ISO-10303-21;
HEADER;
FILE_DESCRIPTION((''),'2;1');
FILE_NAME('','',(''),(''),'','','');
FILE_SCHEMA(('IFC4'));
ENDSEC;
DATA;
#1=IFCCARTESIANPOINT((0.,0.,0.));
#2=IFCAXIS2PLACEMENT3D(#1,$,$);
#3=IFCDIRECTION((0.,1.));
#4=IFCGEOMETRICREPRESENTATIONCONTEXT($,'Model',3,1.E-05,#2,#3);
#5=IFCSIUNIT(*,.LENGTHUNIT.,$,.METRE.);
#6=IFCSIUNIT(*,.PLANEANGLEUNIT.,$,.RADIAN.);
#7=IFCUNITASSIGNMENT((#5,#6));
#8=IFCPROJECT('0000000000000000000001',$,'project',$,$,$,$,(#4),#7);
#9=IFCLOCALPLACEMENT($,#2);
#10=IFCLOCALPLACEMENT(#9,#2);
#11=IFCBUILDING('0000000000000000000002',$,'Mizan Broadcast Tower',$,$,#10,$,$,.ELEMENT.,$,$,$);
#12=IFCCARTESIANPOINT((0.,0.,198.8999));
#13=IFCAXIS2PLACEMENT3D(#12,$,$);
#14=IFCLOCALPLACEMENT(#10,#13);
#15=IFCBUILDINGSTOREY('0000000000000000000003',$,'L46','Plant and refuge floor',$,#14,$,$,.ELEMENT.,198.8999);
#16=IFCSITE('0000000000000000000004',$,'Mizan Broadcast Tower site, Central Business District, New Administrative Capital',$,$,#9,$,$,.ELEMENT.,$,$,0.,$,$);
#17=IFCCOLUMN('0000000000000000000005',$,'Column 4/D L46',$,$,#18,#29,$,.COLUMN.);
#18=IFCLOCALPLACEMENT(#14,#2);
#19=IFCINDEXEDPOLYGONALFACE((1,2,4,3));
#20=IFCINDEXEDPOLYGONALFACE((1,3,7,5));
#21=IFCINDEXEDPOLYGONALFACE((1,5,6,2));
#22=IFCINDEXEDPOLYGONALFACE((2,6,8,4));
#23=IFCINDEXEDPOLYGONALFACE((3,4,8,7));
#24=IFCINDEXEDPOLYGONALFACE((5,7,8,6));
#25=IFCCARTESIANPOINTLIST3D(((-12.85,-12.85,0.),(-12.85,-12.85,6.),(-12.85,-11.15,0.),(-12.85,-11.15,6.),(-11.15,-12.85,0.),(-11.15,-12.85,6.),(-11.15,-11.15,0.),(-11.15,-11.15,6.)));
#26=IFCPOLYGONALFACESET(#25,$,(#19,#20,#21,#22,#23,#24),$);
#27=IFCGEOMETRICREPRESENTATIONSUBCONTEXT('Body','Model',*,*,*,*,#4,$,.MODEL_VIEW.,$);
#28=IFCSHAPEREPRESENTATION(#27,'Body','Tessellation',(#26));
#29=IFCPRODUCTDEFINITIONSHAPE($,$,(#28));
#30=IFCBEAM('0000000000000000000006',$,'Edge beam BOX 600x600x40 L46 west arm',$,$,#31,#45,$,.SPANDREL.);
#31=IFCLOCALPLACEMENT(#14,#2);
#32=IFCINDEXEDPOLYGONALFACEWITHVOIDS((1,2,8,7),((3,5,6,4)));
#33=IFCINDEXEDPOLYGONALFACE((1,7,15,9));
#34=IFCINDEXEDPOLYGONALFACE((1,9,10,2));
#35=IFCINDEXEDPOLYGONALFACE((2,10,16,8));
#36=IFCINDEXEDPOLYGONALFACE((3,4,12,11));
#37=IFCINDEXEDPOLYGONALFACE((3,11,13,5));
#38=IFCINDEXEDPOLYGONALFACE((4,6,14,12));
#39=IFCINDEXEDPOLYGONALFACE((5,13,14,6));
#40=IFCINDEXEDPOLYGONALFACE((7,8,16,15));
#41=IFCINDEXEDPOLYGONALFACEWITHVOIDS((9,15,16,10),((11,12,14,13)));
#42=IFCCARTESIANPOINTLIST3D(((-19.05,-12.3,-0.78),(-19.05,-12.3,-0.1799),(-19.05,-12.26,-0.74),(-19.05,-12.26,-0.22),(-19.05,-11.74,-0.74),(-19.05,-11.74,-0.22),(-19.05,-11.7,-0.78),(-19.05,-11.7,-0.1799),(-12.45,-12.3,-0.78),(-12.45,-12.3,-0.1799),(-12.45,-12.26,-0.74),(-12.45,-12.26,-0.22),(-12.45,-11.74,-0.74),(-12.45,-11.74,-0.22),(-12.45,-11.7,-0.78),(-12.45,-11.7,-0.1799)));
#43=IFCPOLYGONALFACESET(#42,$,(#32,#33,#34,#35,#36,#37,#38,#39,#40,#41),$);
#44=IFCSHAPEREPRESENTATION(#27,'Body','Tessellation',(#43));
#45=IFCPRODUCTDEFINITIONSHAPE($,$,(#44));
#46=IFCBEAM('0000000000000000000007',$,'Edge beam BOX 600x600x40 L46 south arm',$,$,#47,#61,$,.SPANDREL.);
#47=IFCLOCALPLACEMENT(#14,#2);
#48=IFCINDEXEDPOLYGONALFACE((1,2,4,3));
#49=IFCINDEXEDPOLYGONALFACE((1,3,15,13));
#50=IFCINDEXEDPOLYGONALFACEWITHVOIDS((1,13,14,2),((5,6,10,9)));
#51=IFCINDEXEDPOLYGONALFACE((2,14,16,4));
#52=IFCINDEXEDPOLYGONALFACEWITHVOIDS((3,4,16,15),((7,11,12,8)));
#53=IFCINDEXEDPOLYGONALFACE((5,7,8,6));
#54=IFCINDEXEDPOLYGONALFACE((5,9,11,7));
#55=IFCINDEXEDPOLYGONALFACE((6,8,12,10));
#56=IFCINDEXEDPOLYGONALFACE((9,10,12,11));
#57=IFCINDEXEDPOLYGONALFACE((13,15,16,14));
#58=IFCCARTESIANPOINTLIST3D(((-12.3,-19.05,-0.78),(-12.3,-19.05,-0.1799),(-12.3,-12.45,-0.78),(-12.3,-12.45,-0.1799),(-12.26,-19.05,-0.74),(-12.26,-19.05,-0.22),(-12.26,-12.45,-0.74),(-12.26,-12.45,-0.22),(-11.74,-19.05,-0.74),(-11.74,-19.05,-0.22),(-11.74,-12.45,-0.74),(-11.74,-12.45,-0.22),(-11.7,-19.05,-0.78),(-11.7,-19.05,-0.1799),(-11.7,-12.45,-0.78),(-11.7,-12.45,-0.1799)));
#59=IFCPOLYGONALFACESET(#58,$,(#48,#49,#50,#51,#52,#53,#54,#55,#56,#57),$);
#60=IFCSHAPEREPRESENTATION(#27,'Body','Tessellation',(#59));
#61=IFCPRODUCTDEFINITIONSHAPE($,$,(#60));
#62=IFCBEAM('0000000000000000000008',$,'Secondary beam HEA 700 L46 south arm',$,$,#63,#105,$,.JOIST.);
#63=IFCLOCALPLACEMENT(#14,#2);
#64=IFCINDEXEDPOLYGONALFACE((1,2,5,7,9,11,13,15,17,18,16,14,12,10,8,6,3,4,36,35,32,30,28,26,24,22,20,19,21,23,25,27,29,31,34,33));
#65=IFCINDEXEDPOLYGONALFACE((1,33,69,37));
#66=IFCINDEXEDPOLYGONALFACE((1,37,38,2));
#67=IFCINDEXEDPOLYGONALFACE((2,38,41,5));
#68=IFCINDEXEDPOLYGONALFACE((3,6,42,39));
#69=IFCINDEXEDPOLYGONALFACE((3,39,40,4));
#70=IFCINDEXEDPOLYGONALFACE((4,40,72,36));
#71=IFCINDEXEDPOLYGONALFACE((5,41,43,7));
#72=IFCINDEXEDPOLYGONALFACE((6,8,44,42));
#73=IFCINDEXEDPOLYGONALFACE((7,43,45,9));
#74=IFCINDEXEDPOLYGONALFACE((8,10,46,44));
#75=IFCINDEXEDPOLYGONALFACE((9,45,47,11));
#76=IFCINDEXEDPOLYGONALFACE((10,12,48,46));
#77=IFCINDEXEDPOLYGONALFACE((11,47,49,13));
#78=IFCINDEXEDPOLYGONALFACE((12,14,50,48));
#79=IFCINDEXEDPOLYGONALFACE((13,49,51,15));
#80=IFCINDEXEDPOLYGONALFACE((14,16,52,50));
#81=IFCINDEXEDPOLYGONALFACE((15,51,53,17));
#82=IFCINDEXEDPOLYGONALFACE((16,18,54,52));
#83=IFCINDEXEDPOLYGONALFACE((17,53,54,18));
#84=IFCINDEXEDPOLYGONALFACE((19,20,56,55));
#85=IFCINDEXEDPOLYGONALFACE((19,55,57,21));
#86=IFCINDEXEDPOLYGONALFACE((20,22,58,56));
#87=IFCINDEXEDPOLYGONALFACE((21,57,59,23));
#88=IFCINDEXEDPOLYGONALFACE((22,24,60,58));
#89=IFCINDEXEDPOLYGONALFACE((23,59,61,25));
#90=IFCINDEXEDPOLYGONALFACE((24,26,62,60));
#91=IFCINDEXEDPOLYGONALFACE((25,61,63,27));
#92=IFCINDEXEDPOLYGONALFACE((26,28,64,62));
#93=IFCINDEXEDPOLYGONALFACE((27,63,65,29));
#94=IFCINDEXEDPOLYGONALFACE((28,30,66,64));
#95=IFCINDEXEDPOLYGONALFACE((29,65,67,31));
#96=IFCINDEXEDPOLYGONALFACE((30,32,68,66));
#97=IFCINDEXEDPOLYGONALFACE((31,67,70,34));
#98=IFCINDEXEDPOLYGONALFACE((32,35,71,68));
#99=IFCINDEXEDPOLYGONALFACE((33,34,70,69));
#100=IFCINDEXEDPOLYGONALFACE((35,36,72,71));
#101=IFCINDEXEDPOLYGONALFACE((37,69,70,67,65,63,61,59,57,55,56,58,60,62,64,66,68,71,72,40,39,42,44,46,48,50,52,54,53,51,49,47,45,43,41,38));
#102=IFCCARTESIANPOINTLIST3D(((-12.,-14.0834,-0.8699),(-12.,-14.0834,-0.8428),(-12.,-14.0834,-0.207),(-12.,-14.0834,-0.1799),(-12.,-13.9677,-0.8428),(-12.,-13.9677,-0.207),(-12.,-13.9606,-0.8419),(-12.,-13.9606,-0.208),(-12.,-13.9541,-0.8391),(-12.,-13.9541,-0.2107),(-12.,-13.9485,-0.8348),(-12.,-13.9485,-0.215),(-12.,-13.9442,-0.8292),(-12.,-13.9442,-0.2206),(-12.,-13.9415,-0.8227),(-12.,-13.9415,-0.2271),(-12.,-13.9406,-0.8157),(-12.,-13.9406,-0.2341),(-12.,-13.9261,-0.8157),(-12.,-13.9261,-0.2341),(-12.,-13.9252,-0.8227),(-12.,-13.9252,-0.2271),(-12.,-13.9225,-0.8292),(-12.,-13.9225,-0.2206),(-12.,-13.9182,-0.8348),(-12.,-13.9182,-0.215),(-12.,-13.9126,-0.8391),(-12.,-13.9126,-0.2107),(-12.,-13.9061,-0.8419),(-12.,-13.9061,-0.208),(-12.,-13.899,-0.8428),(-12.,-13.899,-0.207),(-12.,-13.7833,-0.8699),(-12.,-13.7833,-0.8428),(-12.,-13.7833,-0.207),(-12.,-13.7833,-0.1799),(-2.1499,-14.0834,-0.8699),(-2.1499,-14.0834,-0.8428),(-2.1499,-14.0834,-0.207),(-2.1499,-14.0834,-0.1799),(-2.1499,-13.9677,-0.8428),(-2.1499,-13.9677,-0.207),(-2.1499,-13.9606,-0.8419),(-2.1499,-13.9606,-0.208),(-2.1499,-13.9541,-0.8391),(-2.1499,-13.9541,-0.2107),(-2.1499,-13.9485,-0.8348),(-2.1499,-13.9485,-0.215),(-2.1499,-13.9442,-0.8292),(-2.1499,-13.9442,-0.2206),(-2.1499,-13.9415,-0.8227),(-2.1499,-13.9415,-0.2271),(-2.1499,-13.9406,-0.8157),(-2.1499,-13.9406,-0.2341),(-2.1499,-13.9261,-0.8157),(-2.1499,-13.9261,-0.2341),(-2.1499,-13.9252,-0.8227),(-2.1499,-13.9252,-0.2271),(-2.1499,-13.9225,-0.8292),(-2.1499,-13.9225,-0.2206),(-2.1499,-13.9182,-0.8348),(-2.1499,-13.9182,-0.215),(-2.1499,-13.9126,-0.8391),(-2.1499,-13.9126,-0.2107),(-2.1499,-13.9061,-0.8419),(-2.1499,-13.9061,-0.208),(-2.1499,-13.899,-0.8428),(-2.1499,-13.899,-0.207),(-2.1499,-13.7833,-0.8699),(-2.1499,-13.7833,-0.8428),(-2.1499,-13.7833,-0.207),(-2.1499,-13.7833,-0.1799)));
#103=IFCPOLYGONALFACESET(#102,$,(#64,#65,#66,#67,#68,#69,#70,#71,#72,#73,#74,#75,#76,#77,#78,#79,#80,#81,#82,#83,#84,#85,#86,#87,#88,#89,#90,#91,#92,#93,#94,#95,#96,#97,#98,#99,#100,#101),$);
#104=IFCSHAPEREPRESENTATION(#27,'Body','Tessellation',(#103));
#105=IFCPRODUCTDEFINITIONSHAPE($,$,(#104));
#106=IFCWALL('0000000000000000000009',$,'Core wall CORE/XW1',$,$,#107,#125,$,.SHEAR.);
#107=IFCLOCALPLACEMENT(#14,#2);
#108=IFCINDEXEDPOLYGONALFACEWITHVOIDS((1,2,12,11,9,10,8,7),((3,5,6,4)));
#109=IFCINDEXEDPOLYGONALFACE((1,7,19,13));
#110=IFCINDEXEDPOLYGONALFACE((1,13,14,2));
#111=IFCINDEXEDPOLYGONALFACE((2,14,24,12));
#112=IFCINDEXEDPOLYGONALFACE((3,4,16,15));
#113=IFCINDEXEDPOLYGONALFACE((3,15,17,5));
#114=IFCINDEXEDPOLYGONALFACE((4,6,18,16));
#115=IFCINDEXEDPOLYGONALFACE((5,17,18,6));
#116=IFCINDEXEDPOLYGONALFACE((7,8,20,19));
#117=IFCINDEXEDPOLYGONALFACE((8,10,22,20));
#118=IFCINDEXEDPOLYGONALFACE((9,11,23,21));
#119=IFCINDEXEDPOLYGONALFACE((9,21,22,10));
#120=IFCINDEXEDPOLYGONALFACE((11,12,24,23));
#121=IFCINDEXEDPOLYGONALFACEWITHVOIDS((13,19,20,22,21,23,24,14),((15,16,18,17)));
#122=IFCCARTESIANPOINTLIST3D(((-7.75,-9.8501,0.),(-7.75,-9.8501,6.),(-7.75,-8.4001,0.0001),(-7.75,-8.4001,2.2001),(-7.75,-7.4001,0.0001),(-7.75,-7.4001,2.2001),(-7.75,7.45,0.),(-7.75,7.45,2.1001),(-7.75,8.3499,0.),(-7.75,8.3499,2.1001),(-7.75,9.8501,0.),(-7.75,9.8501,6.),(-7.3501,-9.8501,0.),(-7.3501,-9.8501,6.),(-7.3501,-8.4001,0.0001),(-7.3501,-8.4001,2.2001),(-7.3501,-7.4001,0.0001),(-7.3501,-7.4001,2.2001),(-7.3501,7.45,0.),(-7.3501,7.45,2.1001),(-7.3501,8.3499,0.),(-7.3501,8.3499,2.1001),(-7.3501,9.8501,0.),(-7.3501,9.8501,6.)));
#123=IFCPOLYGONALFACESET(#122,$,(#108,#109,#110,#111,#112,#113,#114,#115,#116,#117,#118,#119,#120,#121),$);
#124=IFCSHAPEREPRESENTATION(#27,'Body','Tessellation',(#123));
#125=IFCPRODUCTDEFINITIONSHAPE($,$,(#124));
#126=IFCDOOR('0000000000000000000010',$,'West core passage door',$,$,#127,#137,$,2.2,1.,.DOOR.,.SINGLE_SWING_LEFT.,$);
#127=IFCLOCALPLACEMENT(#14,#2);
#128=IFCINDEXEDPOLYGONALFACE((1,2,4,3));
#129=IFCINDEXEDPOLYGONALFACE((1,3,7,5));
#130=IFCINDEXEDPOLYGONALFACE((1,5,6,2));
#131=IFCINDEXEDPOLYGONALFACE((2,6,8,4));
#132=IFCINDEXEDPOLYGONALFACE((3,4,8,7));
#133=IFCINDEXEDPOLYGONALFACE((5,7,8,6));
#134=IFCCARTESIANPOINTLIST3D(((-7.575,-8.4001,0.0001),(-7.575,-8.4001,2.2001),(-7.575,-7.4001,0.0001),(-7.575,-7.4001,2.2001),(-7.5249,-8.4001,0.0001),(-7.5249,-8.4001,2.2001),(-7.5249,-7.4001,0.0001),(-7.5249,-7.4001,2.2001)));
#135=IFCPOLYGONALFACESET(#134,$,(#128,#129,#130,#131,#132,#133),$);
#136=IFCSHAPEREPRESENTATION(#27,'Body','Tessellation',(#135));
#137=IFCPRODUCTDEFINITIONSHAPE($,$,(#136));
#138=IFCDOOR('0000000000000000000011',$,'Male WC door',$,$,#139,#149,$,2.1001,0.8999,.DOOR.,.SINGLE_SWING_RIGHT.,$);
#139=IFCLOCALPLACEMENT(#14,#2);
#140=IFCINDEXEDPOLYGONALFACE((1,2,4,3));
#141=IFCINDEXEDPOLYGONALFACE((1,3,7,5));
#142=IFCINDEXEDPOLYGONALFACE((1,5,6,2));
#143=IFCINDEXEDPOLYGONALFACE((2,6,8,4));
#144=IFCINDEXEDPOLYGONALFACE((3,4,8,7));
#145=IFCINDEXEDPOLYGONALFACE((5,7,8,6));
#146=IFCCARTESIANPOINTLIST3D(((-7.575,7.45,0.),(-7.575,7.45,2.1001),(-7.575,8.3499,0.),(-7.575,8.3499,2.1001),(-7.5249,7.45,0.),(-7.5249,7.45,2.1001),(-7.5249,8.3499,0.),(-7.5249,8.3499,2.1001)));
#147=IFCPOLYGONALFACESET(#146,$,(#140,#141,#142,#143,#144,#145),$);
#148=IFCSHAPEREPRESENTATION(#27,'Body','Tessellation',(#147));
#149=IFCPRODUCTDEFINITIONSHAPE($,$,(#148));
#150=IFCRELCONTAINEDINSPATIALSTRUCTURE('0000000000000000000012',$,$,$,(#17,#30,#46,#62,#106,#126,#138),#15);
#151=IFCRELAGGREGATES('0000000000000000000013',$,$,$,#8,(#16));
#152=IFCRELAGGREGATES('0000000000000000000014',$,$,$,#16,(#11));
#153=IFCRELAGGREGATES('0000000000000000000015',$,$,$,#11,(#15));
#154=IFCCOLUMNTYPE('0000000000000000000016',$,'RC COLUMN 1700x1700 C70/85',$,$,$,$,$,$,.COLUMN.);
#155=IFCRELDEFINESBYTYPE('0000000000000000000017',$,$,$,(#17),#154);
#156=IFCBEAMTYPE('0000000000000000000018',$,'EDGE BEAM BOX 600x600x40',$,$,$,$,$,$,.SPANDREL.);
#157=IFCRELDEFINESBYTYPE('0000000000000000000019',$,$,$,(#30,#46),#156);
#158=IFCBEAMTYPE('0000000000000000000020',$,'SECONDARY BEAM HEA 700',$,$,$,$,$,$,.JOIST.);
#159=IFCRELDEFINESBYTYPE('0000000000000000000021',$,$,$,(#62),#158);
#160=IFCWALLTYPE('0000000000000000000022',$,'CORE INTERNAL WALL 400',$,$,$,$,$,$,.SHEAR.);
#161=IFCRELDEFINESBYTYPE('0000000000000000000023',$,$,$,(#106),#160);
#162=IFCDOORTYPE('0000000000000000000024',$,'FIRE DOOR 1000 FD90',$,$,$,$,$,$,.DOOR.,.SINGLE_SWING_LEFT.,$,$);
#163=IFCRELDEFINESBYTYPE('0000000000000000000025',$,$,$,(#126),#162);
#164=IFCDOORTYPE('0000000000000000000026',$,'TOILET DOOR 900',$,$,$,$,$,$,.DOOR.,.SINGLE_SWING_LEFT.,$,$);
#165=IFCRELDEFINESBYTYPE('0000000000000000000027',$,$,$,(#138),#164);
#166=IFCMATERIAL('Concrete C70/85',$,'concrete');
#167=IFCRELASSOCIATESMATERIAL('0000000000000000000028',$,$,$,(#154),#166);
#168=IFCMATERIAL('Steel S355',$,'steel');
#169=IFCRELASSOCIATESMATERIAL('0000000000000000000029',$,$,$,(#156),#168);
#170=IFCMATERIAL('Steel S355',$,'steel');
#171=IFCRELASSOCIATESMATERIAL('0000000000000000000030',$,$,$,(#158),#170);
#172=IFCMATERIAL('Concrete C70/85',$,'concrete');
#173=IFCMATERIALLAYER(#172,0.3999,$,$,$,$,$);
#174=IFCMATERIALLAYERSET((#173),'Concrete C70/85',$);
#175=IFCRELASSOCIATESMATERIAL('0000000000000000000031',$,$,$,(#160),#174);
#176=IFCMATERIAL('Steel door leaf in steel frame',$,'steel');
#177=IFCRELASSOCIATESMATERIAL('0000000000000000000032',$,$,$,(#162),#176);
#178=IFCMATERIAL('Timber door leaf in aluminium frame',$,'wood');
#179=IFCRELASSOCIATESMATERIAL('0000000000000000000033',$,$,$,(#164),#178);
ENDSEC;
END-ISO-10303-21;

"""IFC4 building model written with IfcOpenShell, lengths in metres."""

from ifc_helpers import new_model, si_unit, direction, frame, frame_2d, origin, origin_2d, place, context, subcontext, project, spatial, rectangle, hollow_rectangle, i_section, extrude, material, layer, layer_set, material_profile, profile_set, type_object, element, fill, save


model = new_model("IFC4")

# Units and contexts
model_context = context("Model", 3, precision=1e-05, world=origin(), true_north=direction((0.0, 1.0)))
body_context = subcontext(model_context, "Body", "Model", "MODEL_VIEW")
ifc_project = project(units=[si_unit("LENGTHUNIT", "METRE"), si_unit("PLANEANGLEUNIT", "RADIAN")], contexts=[model_context])

# Site, building, storey
site_placement = place(None, origin())
site = spatial("IfcSite", under=ifc_project, at=site_placement, Name="Mizan Broadcast Tower site, Central Business District, New Administrative Capital", CompositionType="ELEMENT", RefElevation=0.0)
building_placement = place(site_placement, origin())
building = spatial("IfcBuilding", under=site, at=building_placement, Name="Mizan Broadcast Tower", CompositionType="ELEMENT")
storey_placement = place(building_placement, frame((0.0, 0.0, 198.8999)))
storey = spatial("IfcBuildingStorey", under=building, at=storey_placement, Name="L46", Description="Plant and refuge floor", CompositionType="ELEMENT", Elevation=198.8999)

# Column
ifc_material_1 = material(Name="Concrete C70/85", Category="concrete")
ifc_material_profile_1 = material_profile(ifc_material_1, rectangle(XDim=1.7, YDim=1.7, at=origin_2d()), Name="RC 1700x1700")
ifc_profile_set_1 = profile_set([ifc_material_profile_1], Name="Concrete C70/85")
column_type = type_object("IfcColumnType", Name="RC COLUMN 1700x1700 C70/85", PredefinedType="COLUMN", material=ifc_profile_set_1)
column_placement = place(storey_placement, frame((-12.0, -12.0, 0.0), z_axis=(0.0, 0.0, 1.0), x_axis=(1.0, 0.0, 0.0)))
element("IfcColumn", 1, at=column_placement, inside=storey, type_object=column_type, Name="Column 4/D L46", PredefinedType="COLUMN", context=body_context, shape_type="SweptSolid", body=[
    extrude(rectangle(XDim=1.7, YDim=1.7, at=origin_2d()), origin(), (0.0, 0.0, 1.0), 6.0),
])

# Beams
ifc_material_2 = material(Name="Steel S355", Category="steel")
ifc_material_profile_2 = material_profile(ifc_material_2, hollow_rectangle(XDim=0.6001, YDim=0.6001, WallThickness=0.04, at=origin_2d()), Name="BOX 600x600x40")
ifc_profile_set_2 = profile_set([ifc_material_profile_2], Name="Steel S355")
beam_type_1 = type_object("IfcBeamType", Name="EDGE BEAM BOX 600x600x40", PredefinedType="SPANDREL", material=ifc_profile_set_2)
for number, where, z_axis, x_axis, name in (
    (2, (-12.45, -12.0, -0.48), (-1.0, 0.0, 0.0), (0.0, -1.0, 0.0), "Edge beam BOX 600x600x40 L46 west arm"),
    (3, (-12.0, -12.45, -0.48), (0.0, -1.0, 0.0), (1.0, 0.0, 0.0), "Edge beam BOX 600x600x40 L46 south arm"),
):
    element("IfcBeam", number, at=place(storey_placement, frame(where, z_axis=z_axis, x_axis=x_axis)), inside=storey, type_object=beam_type_1, Name=name, PredefinedType="SPANDREL", context=body_context, shape_type="SweptSolid", body=[
        extrude(hollow_rectangle(XDim=0.6001, YDim=0.6001, WallThickness=0.04, at=origin_2d()), origin(), (0.0, 0.0, 1.0), 6.6001),
    ])
ifc_material_3 = material(Name="Steel S355", Category="steel")
ifc_material_profile_3 = material_profile(ifc_material_3, i_section(OverallWidth=0.3, OverallDepth=0.6899, WebThickness=0.0144, FlangeThickness=0.0271, FilletRadius=0.0271, at=origin_2d()), Name="HEA 700")
ifc_profile_set_3 = profile_set([ifc_material_profile_3], Name="Steel S355")
beam_type_2 = type_object("IfcBeamType", Name="SECONDARY BEAM HEA 700", PredefinedType="JOIST", material=ifc_profile_set_3)
beam_placement = place(storey_placement, frame((-12.0, -13.9333, -0.5249), z_axis=(1.0, 0.0, 0.0), x_axis=(0.0, 1.0, 0.0)))
element("IfcBeam", 4, at=beam_placement, inside=storey, type_object=beam_type_2, Name="Secondary beam HEA 700 L46 south arm", PredefinedType="JOIST", context=body_context, shape_type="SweptSolid", body=[
    extrude(i_section(OverallWidth=0.3, OverallDepth=0.6899, WebThickness=0.0144, FlangeThickness=0.0271, FilletRadius=0.0271, at=origin_2d()), origin(), (0.0, 0.0, 1.0), 9.8501),
])

# Wall, openings, doors
ifc_material_4 = material(Name="Concrete C70/85", Category="concrete")
ifc_layer_1 = layer(ifc_material_4, 0.3999)
ifc_layer_set_1 = layer_set([ifc_layer_1], Name="Concrete C70/85")
wall_type_1 = type_object("IfcWallType", Name="CORE INTERNAL WALL 400", PredefinedType="SHEAR", material=ifc_layer_set_1)
wall_1_placement = place(storey_placement, frame((-7.55, -9.8501, 0.0), z_axis=(0.0, 0.0, 1.0), x_axis=(0.0, 1.0, 0.0)))
wall_1 = element("IfcWall", 5, at=wall_1_placement, inside=storey, type_object=wall_type_1, Name="Core wall CORE/XW1", PredefinedType="SHEAR", context=body_context, shape_type="SweptSolid", body=[
    extrude(rectangle(XDim=19.7002, YDim=0.3999, at=frame_2d((9.8501, 0.0))), origin(), (0.0, 0.0, 1.0), 6.0),
])
opening_1_placement = place(wall_1_placement, frame((1.45, 0.0, 0.0)))
opening_1 = element("IfcOpeningElement", 6, at=opening_1_placement, cuts=wall_1, PredefinedType="OPENING", context=body_context, shape_type="SweptSolid", body=[
    extrude(rectangle(XDim=1.0, YDim=2.2, at=frame_2d((0.5, 1.1001))), frame((0.0, 0.21, 0.0), z_axis=(0.0, -1.0, 0.0), x_axis=(1.0, 0.0, 0.0)), (0.0, 0.0, 1.0), 0.4199),
])
opening_2_placement = place(wall_1_placement, frame((17.3, 0.0, 0.0)))
opening_2 = element("IfcOpeningElement", 7, at=opening_2_placement, cuts=wall_1, PredefinedType="OPENING", context=body_context, shape_type="SweptSolid", body=[
    extrude(rectangle(XDim=0.8999, YDim=2.1001, at=frame_2d((0.45, 1.05))), frame((0.0, 0.21, 0.0), z_axis=(0.0, -1.0, 0.0), x_axis=(1.0, 0.0, 0.0)), (0.0, 0.0, 1.0), 0.4199),
])
ifc_material_5 = material(Name="Steel door leaf in steel frame", Category="steel")
door_type_1 = type_object("IfcDoorType", Name="FIRE DOOR 1000 FD90", OperationType="SINGLE_SWING_LEFT", PredefinedType="DOOR", material=ifc_material_5)
door_1_placement = place(opening_1_placement, origin())
door_1 = element("IfcDoor", 8, at=door_1_placement, inside=storey, type_object=door_type_1, Name="West core passage door", OperationType="SINGLE_SWING_LEFT", OverallHeight=2.2, OverallWidth=1.0, PredefinedType="DOOR", context=body_context, shape_type="SweptSolid", body=[
    extrude(rectangle(XDim=1.0, YDim=2.2, at=frame_2d((0.5, 1.1001))), frame((0.0, 0.0249, 0.0), z_axis=(0.0, -1.0, 0.0), x_axis=(1.0, 0.0, 0.0)), (0.0, 0.0, 1.0), 0.05),
])
fill(opening_1, door_1)
ifc_material_6 = material(Name="Timber door leaf in aluminium frame", Category="wood")
door_type_2 = type_object("IfcDoorType", Name="TOILET DOOR 900", OperationType="SINGLE_SWING_LEFT", PredefinedType="DOOR", material=ifc_material_6)
door_2_placement = place(opening_2_placement, origin())
door_2 = element("IfcDoor", 9, at=door_2_placement, inside=storey, type_object=door_type_2, Name="Male WC door", OperationType="SINGLE_SWING_RIGHT", OverallHeight=2.1001, OverallWidth=0.8999, PredefinedType="DOOR", context=body_context, shape_type="SweptSolid", body=[
    extrude(rectangle(XDim=0.8999, YDim=2.1001, at=frame_2d((0.45, 1.05))), frame((0.0, 0.0249, 0.0), z_axis=(0.0, -1.0, 0.0), x_axis=(1.0, 0.0, 0.0)), (0.0, 0.0, 1.0), 0.05),
])
fill(opening_2, door_2)

save(model, "model.ifc")
